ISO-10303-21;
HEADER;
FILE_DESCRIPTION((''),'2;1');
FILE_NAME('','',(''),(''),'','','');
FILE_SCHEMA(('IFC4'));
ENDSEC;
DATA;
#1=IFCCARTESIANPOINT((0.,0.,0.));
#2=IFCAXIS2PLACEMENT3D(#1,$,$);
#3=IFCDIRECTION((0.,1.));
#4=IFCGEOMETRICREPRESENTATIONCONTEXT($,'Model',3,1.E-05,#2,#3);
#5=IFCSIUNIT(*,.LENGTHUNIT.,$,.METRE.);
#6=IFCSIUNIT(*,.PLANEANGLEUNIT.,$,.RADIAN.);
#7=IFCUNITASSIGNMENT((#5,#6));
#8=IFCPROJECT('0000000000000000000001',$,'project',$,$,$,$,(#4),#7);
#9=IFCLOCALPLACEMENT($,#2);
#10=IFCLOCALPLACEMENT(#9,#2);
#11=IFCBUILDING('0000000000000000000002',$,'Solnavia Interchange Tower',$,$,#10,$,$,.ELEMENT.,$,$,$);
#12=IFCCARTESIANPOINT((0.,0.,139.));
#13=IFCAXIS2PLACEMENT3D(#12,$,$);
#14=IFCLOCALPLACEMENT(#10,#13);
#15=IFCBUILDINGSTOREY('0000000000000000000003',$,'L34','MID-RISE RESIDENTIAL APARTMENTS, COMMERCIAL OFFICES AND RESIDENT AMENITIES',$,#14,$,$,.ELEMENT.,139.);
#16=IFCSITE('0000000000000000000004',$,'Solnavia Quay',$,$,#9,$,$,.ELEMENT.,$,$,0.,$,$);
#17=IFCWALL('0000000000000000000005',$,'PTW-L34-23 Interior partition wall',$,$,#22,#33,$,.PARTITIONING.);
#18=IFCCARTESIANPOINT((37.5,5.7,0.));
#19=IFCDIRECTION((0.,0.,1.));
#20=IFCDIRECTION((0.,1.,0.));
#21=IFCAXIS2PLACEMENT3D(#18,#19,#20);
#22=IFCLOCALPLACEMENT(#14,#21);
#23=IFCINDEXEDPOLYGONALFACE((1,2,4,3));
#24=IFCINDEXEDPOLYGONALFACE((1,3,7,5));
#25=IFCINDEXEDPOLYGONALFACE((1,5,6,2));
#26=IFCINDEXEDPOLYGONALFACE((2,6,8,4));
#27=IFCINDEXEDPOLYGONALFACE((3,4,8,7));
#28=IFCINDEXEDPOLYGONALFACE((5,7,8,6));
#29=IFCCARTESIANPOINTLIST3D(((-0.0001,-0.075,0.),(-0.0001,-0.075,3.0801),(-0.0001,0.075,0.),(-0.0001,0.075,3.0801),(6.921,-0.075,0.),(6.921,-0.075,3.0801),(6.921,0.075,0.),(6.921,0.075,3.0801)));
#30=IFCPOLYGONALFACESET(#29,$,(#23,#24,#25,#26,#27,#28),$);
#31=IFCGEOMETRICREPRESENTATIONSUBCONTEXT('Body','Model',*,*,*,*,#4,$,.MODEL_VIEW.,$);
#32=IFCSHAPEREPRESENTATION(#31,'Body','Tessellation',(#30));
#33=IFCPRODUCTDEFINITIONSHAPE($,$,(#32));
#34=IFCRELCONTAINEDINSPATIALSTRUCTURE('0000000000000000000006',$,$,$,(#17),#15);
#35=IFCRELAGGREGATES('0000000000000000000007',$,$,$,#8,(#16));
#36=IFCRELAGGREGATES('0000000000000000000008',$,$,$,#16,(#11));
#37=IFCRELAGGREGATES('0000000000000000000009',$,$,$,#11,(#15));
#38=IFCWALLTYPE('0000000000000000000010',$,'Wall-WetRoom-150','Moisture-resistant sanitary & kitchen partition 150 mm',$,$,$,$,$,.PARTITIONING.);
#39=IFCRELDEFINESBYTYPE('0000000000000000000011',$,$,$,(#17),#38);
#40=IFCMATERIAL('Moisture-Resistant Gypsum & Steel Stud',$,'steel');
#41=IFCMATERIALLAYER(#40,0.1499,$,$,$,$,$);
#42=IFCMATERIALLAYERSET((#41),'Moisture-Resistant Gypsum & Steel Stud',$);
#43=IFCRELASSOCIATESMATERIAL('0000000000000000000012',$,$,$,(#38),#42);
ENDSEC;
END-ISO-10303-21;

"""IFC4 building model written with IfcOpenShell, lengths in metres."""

from ifc_helpers import new_model, si_unit, direction, frame, frame_2d, origin, place, context, subcontext, project, spatial, rectangle, extrude, material, layer, layer_set, type_object, element, save


model = new_model("IFC4")

# Units and contexts
model_context = context("Model", 3, precision=1e-05, world=origin(), true_north=direction((0.0, 1.0)))
body_context = subcontext(model_context, "Body", "Model", "MODEL_VIEW")
ifc_project = project(units=[si_unit("LENGTHUNIT", "METRE"), si_unit("PLANEANGLEUNIT", "RADIAN")], contexts=[model_context])

# Site, building, storey
site_placement = place(None, origin())
site = spatial("IfcSite", under=ifc_project, at=site_placement, Name="Solnavia Quay", CompositionType="ELEMENT", RefElevation=0.0)
building_placement = place(site_placement, origin())
building = spatial("IfcBuilding", under=site, at=building_placement, Name="Solnavia Interchange Tower", CompositionType="ELEMENT")
storey_placement = place(building_placement, frame((0.0, 0.0, 139.0)))
storey = spatial("IfcBuildingStorey", under=building, at=storey_placement, Name="L34", Description="MID-RISE RESIDENTIAL APARTMENTS, COMMERCIAL OFFICES AND RESIDENT AMENITIES", CompositionType="ELEMENT", Elevation=139.0)

# Shared definitions
ifc_material_1 = material(Name="Moisture-Resistant Gypsum & Steel Stud", Category="steel")
ifc_layer_1 = layer(ifc_material_1, 0.1499)
ifc_layer_set_1 = layer_set([ifc_layer_1], Name="Moisture-Resistant Gypsum & Steel Stud")
wall_type_1 = type_object("IfcWallType", Name="Wall-WetRoom-150", Description="Moisture-resistant sanitary & kitchen partition 150 mm", PredefinedType="PARTITIONING", material=ifc_layer_set_1)

# Wall
wall_1_placement = place(storey_placement, frame((37.5, 5.7, 0.0), z_axis=(0.0, 0.0, 1.0), x_axis=(0.0, 1.0, 0.0)))
element("IfcWall", 1, at=wall_1_placement, inside=storey, type_object=wall_type_1, Name="PTW-L34-23 Interior partition wall", PredefinedType="PARTITIONING", context=body_context, shape_type="SweptSolid", body=[
    extrude(rectangle(XDim=6.9211, YDim=0.1499, at=frame_2d((3.4604, 0.0))), origin(), (0.0, 0.0, 1.0), 3.0801),
])

save(model, "model.ifc")
